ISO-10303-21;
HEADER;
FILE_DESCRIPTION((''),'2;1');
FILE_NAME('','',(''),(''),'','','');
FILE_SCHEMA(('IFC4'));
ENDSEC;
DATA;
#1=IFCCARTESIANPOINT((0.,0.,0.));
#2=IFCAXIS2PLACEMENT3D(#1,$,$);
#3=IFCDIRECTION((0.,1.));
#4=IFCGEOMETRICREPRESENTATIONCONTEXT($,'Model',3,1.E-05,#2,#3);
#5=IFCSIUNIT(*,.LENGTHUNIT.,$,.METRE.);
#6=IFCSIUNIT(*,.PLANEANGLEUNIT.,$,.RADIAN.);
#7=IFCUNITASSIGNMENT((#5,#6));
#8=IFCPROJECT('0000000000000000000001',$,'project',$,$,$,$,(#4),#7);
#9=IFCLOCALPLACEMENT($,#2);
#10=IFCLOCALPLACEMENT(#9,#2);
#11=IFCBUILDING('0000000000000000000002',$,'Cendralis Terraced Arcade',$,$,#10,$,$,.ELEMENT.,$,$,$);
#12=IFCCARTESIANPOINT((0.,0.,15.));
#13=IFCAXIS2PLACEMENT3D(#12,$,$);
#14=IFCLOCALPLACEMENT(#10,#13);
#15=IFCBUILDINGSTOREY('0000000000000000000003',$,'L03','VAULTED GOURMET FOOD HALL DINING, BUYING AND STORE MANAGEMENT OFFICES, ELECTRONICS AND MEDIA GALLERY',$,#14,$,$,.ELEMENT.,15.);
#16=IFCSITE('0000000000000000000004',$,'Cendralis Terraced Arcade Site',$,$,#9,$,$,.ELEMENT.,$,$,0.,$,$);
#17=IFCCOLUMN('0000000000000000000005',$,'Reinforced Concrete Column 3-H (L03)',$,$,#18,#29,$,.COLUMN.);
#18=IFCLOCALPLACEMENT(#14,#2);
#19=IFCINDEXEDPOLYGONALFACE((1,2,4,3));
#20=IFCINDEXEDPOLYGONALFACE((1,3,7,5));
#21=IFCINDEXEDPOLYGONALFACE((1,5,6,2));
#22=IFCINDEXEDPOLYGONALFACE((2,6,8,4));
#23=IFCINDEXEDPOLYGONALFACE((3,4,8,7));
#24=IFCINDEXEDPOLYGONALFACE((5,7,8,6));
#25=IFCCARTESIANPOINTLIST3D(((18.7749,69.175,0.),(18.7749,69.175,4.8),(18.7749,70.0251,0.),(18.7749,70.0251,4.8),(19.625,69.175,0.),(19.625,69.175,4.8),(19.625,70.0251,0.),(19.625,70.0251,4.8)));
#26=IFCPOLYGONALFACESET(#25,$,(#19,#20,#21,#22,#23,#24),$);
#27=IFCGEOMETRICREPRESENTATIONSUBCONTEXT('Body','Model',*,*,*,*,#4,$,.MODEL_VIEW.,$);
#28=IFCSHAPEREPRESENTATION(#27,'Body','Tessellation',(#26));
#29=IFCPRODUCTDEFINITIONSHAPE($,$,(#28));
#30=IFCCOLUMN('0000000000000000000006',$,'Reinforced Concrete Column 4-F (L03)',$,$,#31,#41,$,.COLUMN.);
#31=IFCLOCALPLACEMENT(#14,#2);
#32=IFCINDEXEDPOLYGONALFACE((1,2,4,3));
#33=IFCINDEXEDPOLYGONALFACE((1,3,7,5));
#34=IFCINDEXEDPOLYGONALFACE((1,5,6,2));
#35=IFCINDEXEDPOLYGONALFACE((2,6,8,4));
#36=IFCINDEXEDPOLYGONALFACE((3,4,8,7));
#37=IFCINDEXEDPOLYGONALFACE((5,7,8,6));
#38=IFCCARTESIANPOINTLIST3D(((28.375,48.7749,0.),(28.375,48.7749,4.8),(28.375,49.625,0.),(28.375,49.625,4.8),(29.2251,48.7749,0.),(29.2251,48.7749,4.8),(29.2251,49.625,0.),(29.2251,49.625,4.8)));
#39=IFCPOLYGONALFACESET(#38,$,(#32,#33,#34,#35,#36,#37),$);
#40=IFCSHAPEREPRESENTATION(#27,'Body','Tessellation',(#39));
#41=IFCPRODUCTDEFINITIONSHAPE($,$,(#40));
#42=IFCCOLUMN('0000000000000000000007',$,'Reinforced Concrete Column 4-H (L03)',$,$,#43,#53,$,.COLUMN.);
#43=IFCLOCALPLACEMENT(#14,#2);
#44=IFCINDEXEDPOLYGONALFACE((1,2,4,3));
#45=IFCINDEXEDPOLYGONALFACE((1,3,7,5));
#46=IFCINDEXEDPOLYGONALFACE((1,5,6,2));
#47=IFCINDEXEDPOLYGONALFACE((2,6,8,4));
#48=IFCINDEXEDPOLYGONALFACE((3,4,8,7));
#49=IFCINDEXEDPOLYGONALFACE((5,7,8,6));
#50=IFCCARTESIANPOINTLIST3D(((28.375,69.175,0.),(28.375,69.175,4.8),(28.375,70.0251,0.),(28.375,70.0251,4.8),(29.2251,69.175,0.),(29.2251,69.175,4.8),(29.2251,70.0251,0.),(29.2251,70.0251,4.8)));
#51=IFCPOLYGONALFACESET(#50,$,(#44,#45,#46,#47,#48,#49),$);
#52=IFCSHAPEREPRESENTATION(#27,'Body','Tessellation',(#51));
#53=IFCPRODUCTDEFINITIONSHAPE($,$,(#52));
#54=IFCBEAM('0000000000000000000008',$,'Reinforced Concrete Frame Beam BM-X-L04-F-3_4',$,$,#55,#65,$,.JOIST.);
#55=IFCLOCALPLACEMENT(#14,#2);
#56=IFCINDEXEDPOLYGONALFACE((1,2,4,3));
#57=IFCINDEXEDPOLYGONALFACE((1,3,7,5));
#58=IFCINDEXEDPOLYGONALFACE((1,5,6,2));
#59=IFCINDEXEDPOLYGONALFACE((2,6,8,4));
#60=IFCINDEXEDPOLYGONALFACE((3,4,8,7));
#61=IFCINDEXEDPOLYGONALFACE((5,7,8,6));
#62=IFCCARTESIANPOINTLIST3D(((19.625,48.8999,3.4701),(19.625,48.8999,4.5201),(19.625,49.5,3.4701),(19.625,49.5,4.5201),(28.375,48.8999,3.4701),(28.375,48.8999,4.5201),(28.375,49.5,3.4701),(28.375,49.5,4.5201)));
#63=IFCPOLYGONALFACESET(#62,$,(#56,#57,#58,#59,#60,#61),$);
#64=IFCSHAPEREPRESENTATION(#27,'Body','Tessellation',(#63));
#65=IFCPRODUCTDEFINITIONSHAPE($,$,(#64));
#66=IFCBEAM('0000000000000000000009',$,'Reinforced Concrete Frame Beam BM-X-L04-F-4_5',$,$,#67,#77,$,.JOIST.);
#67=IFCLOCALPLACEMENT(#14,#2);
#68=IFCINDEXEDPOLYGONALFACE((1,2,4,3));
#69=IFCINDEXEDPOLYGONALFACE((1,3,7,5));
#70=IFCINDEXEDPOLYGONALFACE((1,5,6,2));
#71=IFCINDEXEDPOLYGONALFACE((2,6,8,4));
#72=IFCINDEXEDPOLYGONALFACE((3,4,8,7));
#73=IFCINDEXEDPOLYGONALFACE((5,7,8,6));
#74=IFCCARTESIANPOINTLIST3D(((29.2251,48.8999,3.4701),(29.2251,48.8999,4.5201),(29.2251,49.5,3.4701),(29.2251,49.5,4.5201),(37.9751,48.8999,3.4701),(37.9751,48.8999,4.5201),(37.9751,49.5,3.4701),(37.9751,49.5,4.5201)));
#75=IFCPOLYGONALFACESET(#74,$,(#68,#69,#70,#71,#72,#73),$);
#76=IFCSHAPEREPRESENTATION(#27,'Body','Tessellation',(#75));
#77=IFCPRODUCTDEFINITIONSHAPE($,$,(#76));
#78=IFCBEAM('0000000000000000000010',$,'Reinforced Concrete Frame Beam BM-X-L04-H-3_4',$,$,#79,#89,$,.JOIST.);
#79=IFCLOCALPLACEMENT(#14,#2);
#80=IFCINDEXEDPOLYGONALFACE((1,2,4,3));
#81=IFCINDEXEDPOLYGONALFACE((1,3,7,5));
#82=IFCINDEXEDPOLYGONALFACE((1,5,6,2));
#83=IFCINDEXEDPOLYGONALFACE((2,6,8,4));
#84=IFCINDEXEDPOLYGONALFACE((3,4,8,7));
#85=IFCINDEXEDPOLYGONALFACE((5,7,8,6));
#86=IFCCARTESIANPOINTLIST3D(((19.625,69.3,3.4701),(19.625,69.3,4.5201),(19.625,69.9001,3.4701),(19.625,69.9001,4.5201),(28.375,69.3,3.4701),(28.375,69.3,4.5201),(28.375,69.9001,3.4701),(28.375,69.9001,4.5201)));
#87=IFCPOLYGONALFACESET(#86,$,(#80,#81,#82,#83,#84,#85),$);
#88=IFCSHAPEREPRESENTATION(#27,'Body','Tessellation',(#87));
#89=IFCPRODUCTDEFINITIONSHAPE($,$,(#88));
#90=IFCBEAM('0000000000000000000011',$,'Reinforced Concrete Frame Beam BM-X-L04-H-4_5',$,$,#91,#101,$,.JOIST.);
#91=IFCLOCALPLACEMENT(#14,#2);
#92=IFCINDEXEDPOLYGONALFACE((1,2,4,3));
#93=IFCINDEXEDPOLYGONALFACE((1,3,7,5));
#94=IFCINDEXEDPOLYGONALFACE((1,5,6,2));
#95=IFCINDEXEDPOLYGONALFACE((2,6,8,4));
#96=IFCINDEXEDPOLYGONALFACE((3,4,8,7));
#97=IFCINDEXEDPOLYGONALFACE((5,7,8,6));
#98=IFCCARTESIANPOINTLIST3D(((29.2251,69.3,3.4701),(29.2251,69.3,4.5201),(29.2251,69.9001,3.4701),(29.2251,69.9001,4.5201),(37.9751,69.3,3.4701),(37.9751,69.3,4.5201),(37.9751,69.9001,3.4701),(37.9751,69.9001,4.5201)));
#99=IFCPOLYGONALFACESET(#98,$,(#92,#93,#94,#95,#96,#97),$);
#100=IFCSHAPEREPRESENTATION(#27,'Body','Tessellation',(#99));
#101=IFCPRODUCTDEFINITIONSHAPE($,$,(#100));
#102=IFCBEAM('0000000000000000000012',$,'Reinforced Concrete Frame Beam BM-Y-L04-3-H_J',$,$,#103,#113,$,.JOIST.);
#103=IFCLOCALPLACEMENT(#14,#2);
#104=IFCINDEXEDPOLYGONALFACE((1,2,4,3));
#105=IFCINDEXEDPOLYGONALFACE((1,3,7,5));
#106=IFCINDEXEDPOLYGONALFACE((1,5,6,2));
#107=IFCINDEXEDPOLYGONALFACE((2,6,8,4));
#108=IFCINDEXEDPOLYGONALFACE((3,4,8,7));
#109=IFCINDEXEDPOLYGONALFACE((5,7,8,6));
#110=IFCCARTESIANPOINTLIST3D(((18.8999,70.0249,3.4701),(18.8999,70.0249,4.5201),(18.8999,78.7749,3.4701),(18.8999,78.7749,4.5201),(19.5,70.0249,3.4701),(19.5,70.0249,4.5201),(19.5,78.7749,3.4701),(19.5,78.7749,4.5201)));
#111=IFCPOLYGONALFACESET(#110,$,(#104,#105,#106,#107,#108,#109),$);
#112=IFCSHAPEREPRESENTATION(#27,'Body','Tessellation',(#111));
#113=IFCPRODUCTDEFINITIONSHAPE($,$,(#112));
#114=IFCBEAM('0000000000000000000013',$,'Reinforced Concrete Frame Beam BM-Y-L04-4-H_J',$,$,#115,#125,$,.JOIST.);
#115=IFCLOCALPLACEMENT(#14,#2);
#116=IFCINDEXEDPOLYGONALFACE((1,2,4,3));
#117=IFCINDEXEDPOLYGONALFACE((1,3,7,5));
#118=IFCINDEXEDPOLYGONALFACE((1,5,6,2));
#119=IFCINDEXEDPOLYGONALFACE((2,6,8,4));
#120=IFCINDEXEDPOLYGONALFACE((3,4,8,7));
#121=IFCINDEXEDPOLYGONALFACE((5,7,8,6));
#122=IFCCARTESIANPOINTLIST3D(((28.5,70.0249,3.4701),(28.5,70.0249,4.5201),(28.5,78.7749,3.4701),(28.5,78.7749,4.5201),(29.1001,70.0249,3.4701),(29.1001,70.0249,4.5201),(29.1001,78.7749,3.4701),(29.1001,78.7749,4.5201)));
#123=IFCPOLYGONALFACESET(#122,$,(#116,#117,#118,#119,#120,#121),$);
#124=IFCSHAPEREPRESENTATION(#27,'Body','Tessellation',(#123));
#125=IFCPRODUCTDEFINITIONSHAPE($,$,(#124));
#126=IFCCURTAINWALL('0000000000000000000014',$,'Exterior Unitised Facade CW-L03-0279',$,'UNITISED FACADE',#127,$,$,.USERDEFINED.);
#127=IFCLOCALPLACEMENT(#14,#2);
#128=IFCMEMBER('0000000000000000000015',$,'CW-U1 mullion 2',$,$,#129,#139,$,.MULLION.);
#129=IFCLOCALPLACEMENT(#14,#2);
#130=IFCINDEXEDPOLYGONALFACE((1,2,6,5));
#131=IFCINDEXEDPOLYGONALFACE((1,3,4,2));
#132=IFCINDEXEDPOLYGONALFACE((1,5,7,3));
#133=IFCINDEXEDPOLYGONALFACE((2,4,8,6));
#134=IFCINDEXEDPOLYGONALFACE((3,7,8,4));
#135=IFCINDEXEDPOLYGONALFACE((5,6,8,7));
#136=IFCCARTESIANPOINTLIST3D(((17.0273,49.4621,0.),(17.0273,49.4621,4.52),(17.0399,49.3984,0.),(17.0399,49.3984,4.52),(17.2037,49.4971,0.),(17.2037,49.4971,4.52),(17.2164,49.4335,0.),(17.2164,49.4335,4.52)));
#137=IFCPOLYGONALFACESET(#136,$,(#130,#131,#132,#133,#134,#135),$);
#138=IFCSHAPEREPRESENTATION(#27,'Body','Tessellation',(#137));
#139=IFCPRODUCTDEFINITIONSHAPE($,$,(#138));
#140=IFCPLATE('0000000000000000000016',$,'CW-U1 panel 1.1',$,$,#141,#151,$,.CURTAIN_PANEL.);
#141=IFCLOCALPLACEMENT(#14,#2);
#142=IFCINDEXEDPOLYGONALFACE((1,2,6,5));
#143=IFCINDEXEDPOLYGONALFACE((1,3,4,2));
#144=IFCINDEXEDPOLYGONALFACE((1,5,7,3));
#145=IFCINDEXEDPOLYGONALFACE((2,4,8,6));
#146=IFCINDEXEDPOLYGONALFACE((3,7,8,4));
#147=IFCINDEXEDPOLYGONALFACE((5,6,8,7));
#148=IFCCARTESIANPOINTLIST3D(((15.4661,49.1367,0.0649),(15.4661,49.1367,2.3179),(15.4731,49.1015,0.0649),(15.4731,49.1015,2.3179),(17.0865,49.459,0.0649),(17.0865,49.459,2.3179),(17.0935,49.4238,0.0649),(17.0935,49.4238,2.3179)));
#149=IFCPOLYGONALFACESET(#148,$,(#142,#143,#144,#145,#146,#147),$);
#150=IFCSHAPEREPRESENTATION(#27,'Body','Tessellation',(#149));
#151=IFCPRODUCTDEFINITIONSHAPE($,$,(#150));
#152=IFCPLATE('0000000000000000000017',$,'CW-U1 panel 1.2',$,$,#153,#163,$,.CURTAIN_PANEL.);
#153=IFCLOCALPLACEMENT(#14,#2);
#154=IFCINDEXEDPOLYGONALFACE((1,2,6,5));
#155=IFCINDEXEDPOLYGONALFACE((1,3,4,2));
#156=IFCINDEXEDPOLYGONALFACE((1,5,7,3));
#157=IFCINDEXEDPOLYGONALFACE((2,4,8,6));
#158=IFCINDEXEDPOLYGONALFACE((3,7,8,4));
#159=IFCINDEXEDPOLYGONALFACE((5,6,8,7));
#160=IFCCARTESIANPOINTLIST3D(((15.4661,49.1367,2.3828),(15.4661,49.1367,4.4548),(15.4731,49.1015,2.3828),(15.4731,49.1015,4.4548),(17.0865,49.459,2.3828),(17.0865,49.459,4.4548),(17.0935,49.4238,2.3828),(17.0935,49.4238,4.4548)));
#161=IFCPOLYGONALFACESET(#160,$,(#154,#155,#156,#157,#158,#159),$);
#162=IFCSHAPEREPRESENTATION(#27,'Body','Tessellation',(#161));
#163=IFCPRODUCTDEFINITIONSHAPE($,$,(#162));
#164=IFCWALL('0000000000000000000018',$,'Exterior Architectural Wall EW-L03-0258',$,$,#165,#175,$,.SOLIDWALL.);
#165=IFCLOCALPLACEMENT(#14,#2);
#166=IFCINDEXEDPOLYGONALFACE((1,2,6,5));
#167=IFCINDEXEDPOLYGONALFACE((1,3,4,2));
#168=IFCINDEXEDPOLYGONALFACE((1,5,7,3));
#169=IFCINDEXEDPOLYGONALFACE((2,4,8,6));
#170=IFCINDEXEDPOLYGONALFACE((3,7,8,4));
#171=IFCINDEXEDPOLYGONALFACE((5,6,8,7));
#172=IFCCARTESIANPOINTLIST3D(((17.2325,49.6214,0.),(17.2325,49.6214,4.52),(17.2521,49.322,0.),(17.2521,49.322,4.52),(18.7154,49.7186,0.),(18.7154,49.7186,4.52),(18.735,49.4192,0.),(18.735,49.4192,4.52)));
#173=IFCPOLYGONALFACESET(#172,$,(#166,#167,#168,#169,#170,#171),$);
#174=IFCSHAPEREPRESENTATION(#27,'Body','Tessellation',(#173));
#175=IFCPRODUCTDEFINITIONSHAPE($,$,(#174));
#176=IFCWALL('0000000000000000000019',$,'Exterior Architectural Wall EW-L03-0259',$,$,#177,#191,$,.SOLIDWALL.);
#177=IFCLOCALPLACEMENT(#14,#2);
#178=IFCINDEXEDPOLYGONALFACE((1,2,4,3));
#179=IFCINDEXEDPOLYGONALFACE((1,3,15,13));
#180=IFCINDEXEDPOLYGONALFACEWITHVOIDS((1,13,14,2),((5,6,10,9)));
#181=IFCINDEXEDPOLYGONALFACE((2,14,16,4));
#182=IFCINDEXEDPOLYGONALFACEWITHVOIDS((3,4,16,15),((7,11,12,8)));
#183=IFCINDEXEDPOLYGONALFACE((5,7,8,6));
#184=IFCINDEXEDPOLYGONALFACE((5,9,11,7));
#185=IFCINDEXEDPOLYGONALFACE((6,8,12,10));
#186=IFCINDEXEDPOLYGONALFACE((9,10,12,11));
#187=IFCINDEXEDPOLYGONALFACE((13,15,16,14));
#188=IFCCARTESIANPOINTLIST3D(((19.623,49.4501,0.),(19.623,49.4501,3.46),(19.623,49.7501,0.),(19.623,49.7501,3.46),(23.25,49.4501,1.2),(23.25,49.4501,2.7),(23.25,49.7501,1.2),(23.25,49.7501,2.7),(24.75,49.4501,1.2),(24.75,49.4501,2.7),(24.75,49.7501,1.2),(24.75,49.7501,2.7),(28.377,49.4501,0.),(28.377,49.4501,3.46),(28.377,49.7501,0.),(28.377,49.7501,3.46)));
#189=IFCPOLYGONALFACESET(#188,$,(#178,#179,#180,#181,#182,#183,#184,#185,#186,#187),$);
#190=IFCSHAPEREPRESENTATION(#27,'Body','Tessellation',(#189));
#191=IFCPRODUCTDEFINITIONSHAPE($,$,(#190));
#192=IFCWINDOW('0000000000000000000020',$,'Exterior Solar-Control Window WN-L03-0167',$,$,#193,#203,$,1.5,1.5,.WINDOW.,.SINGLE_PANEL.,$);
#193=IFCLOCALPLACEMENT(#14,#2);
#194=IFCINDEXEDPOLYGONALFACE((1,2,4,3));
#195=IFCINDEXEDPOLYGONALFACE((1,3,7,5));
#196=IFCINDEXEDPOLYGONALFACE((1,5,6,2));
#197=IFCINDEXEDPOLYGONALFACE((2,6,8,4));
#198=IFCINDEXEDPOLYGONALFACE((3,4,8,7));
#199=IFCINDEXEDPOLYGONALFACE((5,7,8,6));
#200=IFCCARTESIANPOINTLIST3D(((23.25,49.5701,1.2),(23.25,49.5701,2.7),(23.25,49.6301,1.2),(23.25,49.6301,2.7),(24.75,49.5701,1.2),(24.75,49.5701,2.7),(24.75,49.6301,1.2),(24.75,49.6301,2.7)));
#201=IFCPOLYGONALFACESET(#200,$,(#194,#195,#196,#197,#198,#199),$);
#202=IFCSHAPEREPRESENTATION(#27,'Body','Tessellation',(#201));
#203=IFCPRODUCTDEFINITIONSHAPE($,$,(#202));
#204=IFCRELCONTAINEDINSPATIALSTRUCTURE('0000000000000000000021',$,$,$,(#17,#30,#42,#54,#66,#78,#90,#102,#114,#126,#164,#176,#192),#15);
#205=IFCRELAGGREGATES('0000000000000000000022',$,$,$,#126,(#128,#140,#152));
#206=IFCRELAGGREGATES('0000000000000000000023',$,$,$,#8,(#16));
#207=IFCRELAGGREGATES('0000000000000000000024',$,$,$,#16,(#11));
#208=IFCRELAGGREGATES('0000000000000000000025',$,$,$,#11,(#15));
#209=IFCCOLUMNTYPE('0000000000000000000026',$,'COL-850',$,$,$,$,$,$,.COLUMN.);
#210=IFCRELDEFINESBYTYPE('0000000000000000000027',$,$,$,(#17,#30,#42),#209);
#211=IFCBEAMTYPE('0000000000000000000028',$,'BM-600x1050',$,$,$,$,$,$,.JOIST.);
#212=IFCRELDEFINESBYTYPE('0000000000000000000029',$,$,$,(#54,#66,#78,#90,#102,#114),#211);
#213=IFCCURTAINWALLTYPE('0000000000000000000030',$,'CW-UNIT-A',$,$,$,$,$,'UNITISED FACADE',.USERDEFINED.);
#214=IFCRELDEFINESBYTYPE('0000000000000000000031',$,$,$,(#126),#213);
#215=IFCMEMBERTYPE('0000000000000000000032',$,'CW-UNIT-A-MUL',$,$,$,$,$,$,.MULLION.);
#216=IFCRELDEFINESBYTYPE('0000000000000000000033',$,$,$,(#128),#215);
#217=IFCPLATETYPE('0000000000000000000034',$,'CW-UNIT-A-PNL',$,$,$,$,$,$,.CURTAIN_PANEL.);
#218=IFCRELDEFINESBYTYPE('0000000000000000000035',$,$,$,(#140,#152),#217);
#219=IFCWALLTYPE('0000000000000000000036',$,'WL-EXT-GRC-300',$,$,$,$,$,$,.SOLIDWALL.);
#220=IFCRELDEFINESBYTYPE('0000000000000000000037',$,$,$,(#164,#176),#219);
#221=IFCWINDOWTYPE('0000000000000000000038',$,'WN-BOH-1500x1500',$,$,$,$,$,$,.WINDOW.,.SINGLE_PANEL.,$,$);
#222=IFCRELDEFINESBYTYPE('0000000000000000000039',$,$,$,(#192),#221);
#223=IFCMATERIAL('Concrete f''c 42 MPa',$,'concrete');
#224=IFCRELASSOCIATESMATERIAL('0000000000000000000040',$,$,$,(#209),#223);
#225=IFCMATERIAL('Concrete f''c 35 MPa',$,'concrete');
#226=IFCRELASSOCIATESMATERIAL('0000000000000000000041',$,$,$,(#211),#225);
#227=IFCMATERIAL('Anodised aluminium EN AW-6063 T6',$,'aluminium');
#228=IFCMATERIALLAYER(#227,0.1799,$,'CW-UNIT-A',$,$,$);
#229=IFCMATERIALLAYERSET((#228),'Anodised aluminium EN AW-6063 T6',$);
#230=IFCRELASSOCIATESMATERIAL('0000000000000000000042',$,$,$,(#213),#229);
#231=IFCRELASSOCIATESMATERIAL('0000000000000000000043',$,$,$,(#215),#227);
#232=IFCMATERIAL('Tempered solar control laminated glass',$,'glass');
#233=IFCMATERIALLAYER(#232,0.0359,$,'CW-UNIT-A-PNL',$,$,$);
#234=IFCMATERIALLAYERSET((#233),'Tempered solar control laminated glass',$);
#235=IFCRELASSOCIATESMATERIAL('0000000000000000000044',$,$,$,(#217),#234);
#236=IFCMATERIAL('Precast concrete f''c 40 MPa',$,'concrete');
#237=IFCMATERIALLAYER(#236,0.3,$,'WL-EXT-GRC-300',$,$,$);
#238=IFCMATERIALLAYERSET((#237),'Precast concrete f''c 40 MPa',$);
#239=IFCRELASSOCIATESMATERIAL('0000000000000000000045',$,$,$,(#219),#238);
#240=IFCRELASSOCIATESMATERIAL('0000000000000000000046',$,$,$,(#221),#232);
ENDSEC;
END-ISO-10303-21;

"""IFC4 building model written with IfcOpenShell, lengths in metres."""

from ifc_helpers import new_model, si_unit, direction, frame, frame_2d, origin, origin_2d, place, context, subcontext, project, spatial, rectangle, extrude, material, layer, layer_set, material_profile, profile_set, type_object, element, fill, aggregate, save


model = new_model("IFC4")

# Units and contexts
model_context = context("Model", 3, precision=1e-05, world=origin(), true_north=direction((0.0, 1.0)))
body_context = subcontext(model_context, "Body", "Model", "MODEL_VIEW")
ifc_project = project(units=[si_unit("LENGTHUNIT", "METRE"), si_unit("PLANEANGLEUNIT", "RADIAN")], contexts=[model_context])

# Site, building, storey
site_placement = place(None, origin())
site = spatial("IfcSite", under=ifc_project, at=site_placement, Name="Cendralis Terraced Arcade Site", CompositionType="ELEMENT", RefElevation=0.0)
building_placement = place(site_placement, origin())
building = spatial("IfcBuilding", under=site, at=building_placement, Name="Cendralis Terraced Arcade", CompositionType="ELEMENT")
storey_placement = place(building_placement, frame((0.0, 0.0, 15.0)))
storey = spatial("IfcBuildingStorey", under=building, at=storey_placement, Name="L03", Description="VAULTED GOURMET FOOD HALL DINING, BUYING AND STORE MANAGEMENT OFFICES, ELECTRONICS AND MEDIA GALLERY", CompositionType="ELEMENT", Elevation=15.0)

# Columns
ifc_material_1 = material(Name="Concrete f'c 42 MPa", Category="concrete")
ifc_material_profile_1 = material_profile(ifc_material_1, rectangle(XDim=0.8501, YDim=0.8501, at=origin_2d()), Name="RC-COL-850x850", Category="LoadBearing")
ifc_profile_set_1 = profile_set([ifc_material_profile_1], Name="Concrete f'c 42 MPa")
column_type = type_object("IfcColumnType", Name="COL-850", PredefinedType="COLUMN", material=ifc_profile_set_1)
for number, where, z_axis, x_axis, name in (
    (1, (19.2, 69.6001, 0.0), (0.0, 0.0, 1.0), (1.0, 0.0, 0.0), "Reinforced Concrete Column 3-H (L03)"),
    (2, (28.8, 49.2, 0.0), (0.0, 0.0, 1.0), (1.0, 0.0, 0.0), "Reinforced Concrete Column 4-F (L03)"),
    (3, (28.8, 69.6001, 0.0), (0.0, 0.0, 1.0), (1.0, 0.0, 0.0), "Reinforced Concrete Column 4-H (L03)"),
):
    element("IfcColumn", number, at=place(storey_placement, frame(where, z_axis=z_axis, x_axis=x_axis)), inside=storey, type_object=column_type, Name=name, PredefinedType="COLUMN", context=body_context, shape_type="SweptSolid", body=[
        extrude(rectangle(XDim=0.8501, YDim=0.8501, at=origin_2d()), origin(), (0.0, 0.0, 1.0), 4.8),
    ])

# Beams
ifc_material_2 = material(Name="Concrete f'c 35 MPa", Category="concrete")
ifc_material_profile_2 = material_profile(ifc_material_2, rectangle(XDim=0.6001, YDim=1.05, at=origin_2d()), Name="RC-BM-600x1050", Category="LoadBearing")
ifc_profile_set_2 = profile_set([ifc_material_profile_2], Name="Concrete f'c 35 MPa")
beam_type = type_object("IfcBeamType", Name="BM-600x1050", PredefinedType="JOIST", material=ifc_profile_set_2)
for number, where, z_axis, x_axis, name in (
    (4, (19.625, 49.2, 3.9951), (1.0, 0.0, 0.0), (0.0, 1.0, 0.0), "Reinforced Concrete Frame Beam BM-X-L04-F-3_4"),
    (5, (29.2251, 49.2, 3.9951), (1.0, 0.0, 0.0), (0.0, 1.0, 0.0), "Reinforced Concrete Frame Beam BM-X-L04-F-4_5"),
    (6, (19.625, 69.6001, 3.9951), (1.0, 0.0, 0.0), (0.0, 1.0, 0.0), "Reinforced Concrete Frame Beam BM-X-L04-H-3_4"),
    (7, (29.2251, 69.6001, 3.9951), (1.0, 0.0, 0.0), (0.0, 1.0, 0.0), "Reinforced Concrete Frame Beam BM-X-L04-H-4_5"),
    (8, (19.2, 70.0249, 3.9951), (0.0, 1.0, 0.0), (-1.0, 0.0, 0.0), "Reinforced Concrete Frame Beam BM-Y-L04-3-H_J"),
    (9, (28.8, 70.0249, 3.9951), (0.0, 1.0, 0.0), (-1.0, 0.0, 0.0), "Reinforced Concrete Frame Beam BM-Y-L04-4-H_J"),
):
    element("IfcBeam", number, at=place(storey_placement, frame(where, z_axis=z_axis, x_axis=x_axis)), inside=storey, type_object=beam_type, Name=name, PredefinedType="JOIST", context=body_context, shape_type="SweptSolid", body=[
        extrude(rectangle(XDim=0.6001, YDim=1.05, at=origin_2d()), origin(), (0.0, 0.0, 1.0), 8.75),
    ])

# Curtain wall, member, plates
ifc_material_3 = material(Name="Anodised aluminium EN AW-6063 T6", Category="aluminium")
ifc_layer_1 = layer(ifc_material_3, 0.1799, Name="CW-UNIT-A")
ifc_layer_set_1 = layer_set([ifc_layer_1], Name="Anodised aluminium EN AW-6063 T6")
curtain_wall_type = type_object("IfcCurtainWallType", Name="CW-UNIT-A", ElementType="UNITISED FACADE", PredefinedType="USERDEFINED", material=ifc_layer_set_1)
curtain_wall_placement = place(storey_placement, origin())
curtain_wall = element("IfcCurtainWall", 10, at=curtain_wall_placement, inside=storey, type_object=curtain_wall_type, Name="Exterior Unitised Facade CW-L03-0279", ObjectType="UNITISED FACADE", PredefinedType="USERDEFINED")
ifc_material_profile_3 = material_profile(ifc_material_3, rectangle(XDim=0.0649, YDim=0.1799, at=origin_2d()), Name="ALU-MUL-65x180")
ifc_profile_set_3 = profile_set([ifc_material_profile_3], Name="Anodised aluminium EN AW-6063 T6")
member_type = type_object("IfcMemberType", Name="CW-UNIT-A-MUL", PredefinedType="MULLION", material=ifc_profile_set_3)
member_placement = place(storey_placement, frame((17.1218, 49.4478, 0.0), z_axis=(0.0, 0.0, 1.0), x_axis=(-0.195058, 0.980792, 0.0)))
member = element("IfcMember", 11, at=member_placement, type_object=member_type, Name="CW-U1 mullion 2", PredefinedType="MULLION", context=body_context, shape_type="SweptSolid", body=[
    extrude(rectangle(XDim=0.0649, YDim=0.1799, at=origin_2d()), origin(), (0.0, 0.0, 1.0), 4.52),
])
ifc_material_4 = material(Name="Tempered solar control laminated glass", Category="glass")
ifc_layer_2 = layer(ifc_material_4, 0.0359, Name="CW-UNIT-A-PNL")
ifc_layer_set_2 = layer_set([ifc_layer_2], Name="Tempered solar control laminated glass")
plate_type = type_object("IfcPlateType", Name="CW-UNIT-A-PNL", PredefinedType="CURTAIN_PANEL", material=ifc_layer_set_2)
plate_1_placement = place(storey_placement, frame((16.2798, 49.2803, 0.0649), z_axis=(0.0, 0.0, 1.0), x_axis=(0.980792, 0.195058, 0.0)))
plate_1 = element("IfcPlate", 12, at=plate_1_placement, type_object=plate_type, Name="CW-U1 panel 1.1", PredefinedType="CURTAIN_PANEL", context=body_context, shape_type="SweptSolid", body=[
    extrude(rectangle(XDim=1.6521, YDim=0.0359, at=origin_2d()), origin(), (0.0, 0.0, 1.0), 2.2529),
])
plate_2_placement = place(storey_placement, frame((16.2798, 49.2803, 2.3828), z_axis=(0.0, 0.0, 1.0), x_axis=(0.980792, 0.195058, 0.0)))
plate_2 = element("IfcPlate", 13, at=plate_2_placement, type_object=plate_type, Name="CW-U1 panel 1.2", PredefinedType="CURTAIN_PANEL", context=body_context, shape_type="SweptSolid", body=[
    extrude(rectangle(XDim=1.6521, YDim=0.0359, at=origin_2d()), origin(), (0.0, 0.0, 1.0), 2.072),
])
aggregate(curtain_wall, [member, plate_1, plate_2])

# Wall
ifc_material_5 = material(Name="Precast concrete f'c 40 MPa", Category="concrete")
ifc_layer_3 = layer(ifc_material_5, 0.3, Name="WL-EXT-GRC-300")
ifc_layer_set_3 = layer_set([ifc_layer_3], Name="Precast concrete f'c 40 MPa")
wall_type_1 = type_object("IfcWallType", Name="WL-EXT-GRC-300", PredefinedType="SOLIDWALL", material=ifc_layer_set_3)
wall_1_placement = place(storey_placement, frame((17.2422, 49.4717, 0.0), z_axis=(0.0, 0.0, 1.0), x_axis=(0.99786, 0.065385, 0.0)))
element("IfcWall", 14, at=wall_1_placement, inside=storey, type_object=wall_type_1, Name="Exterior Architectural Wall EW-L03-0258", PredefinedType="SOLIDWALL", context=body_context, shape_type="SweptSolid", body=[
    extrude(rectangle(XDim=1.4861, YDim=0.3, at=frame_2d((0.7432, 0.0))), origin(), (0.0, 0.0, 1.0), 4.52),
])

# Wall, opening, window
wall_2_placement = place(storey_placement, frame((19.623, 49.6001, 0.0), z_axis=(0.0, 0.0, 1.0), x_axis=(1.0, 0.0, 0.0)))
wall_2 = element("IfcWall", 15, at=wall_2_placement, inside=storey, type_object=wall_type_1, Name="Exterior Architectural Wall EW-L03-0259", PredefinedType="SOLIDWALL", context=body_context, shape_type="SweptSolid", body=[
    extrude(rectangle(XDim=8.7539, YDim=0.3, at=frame_2d((4.377, 0.0))), origin(), (0.0, 0.0, 1.0), 3.46),
])
opening_1_placement = place(wall_2_placement, frame((3.627, 0.0, 1.2)))
opening_1 = element("IfcOpeningElement", 16, at=opening_1_placement, cuts=wall_2, PredefinedType="OPENING", context=body_context, shape_type="SweptSolid", body=[
    extrude(rectangle(XDim=1.5, YDim=1.5, at=frame_2d((0.75, 0.75))), frame((0.0, 0.1621, 0.0), z_axis=(0.0, -1.0, 0.0), x_axis=(1.0, 0.0, 0.0)), (0.0, 0.0, 1.0), 0.324),
])
window_type_1 = type_object("IfcWindowType", Name="WN-BOH-1500x1500", PartitioningType="SINGLE_PANEL", PredefinedType="WINDOW", material=ifc_material_4)
window_1_placement = place(opening_1_placement, origin())
window_1 = element("IfcWindow", 17, at=window_1_placement, inside=storey, type_object=window_type_1, Name="Exterior Solar-Control Window WN-L03-0167", OverallHeight=1.5, OverallWidth=1.5, PartitioningType="SINGLE_PANEL", PredefinedType="WINDOW", context=body_context, shape_type="SweptSolid", body=[
    extrude(rectangle(XDim=1.5, YDim=1.5, at=frame_2d((0.75, 0.75))), frame((0.0, 0.03, 0.0), z_axis=(0.0, -1.0, 0.0), x_axis=(1.0, 0.0, 0.0)), (0.0, 0.0, 1.0), 0.0601),
])
fill(opening_1, window_1)

save(model, "model.ifc")
